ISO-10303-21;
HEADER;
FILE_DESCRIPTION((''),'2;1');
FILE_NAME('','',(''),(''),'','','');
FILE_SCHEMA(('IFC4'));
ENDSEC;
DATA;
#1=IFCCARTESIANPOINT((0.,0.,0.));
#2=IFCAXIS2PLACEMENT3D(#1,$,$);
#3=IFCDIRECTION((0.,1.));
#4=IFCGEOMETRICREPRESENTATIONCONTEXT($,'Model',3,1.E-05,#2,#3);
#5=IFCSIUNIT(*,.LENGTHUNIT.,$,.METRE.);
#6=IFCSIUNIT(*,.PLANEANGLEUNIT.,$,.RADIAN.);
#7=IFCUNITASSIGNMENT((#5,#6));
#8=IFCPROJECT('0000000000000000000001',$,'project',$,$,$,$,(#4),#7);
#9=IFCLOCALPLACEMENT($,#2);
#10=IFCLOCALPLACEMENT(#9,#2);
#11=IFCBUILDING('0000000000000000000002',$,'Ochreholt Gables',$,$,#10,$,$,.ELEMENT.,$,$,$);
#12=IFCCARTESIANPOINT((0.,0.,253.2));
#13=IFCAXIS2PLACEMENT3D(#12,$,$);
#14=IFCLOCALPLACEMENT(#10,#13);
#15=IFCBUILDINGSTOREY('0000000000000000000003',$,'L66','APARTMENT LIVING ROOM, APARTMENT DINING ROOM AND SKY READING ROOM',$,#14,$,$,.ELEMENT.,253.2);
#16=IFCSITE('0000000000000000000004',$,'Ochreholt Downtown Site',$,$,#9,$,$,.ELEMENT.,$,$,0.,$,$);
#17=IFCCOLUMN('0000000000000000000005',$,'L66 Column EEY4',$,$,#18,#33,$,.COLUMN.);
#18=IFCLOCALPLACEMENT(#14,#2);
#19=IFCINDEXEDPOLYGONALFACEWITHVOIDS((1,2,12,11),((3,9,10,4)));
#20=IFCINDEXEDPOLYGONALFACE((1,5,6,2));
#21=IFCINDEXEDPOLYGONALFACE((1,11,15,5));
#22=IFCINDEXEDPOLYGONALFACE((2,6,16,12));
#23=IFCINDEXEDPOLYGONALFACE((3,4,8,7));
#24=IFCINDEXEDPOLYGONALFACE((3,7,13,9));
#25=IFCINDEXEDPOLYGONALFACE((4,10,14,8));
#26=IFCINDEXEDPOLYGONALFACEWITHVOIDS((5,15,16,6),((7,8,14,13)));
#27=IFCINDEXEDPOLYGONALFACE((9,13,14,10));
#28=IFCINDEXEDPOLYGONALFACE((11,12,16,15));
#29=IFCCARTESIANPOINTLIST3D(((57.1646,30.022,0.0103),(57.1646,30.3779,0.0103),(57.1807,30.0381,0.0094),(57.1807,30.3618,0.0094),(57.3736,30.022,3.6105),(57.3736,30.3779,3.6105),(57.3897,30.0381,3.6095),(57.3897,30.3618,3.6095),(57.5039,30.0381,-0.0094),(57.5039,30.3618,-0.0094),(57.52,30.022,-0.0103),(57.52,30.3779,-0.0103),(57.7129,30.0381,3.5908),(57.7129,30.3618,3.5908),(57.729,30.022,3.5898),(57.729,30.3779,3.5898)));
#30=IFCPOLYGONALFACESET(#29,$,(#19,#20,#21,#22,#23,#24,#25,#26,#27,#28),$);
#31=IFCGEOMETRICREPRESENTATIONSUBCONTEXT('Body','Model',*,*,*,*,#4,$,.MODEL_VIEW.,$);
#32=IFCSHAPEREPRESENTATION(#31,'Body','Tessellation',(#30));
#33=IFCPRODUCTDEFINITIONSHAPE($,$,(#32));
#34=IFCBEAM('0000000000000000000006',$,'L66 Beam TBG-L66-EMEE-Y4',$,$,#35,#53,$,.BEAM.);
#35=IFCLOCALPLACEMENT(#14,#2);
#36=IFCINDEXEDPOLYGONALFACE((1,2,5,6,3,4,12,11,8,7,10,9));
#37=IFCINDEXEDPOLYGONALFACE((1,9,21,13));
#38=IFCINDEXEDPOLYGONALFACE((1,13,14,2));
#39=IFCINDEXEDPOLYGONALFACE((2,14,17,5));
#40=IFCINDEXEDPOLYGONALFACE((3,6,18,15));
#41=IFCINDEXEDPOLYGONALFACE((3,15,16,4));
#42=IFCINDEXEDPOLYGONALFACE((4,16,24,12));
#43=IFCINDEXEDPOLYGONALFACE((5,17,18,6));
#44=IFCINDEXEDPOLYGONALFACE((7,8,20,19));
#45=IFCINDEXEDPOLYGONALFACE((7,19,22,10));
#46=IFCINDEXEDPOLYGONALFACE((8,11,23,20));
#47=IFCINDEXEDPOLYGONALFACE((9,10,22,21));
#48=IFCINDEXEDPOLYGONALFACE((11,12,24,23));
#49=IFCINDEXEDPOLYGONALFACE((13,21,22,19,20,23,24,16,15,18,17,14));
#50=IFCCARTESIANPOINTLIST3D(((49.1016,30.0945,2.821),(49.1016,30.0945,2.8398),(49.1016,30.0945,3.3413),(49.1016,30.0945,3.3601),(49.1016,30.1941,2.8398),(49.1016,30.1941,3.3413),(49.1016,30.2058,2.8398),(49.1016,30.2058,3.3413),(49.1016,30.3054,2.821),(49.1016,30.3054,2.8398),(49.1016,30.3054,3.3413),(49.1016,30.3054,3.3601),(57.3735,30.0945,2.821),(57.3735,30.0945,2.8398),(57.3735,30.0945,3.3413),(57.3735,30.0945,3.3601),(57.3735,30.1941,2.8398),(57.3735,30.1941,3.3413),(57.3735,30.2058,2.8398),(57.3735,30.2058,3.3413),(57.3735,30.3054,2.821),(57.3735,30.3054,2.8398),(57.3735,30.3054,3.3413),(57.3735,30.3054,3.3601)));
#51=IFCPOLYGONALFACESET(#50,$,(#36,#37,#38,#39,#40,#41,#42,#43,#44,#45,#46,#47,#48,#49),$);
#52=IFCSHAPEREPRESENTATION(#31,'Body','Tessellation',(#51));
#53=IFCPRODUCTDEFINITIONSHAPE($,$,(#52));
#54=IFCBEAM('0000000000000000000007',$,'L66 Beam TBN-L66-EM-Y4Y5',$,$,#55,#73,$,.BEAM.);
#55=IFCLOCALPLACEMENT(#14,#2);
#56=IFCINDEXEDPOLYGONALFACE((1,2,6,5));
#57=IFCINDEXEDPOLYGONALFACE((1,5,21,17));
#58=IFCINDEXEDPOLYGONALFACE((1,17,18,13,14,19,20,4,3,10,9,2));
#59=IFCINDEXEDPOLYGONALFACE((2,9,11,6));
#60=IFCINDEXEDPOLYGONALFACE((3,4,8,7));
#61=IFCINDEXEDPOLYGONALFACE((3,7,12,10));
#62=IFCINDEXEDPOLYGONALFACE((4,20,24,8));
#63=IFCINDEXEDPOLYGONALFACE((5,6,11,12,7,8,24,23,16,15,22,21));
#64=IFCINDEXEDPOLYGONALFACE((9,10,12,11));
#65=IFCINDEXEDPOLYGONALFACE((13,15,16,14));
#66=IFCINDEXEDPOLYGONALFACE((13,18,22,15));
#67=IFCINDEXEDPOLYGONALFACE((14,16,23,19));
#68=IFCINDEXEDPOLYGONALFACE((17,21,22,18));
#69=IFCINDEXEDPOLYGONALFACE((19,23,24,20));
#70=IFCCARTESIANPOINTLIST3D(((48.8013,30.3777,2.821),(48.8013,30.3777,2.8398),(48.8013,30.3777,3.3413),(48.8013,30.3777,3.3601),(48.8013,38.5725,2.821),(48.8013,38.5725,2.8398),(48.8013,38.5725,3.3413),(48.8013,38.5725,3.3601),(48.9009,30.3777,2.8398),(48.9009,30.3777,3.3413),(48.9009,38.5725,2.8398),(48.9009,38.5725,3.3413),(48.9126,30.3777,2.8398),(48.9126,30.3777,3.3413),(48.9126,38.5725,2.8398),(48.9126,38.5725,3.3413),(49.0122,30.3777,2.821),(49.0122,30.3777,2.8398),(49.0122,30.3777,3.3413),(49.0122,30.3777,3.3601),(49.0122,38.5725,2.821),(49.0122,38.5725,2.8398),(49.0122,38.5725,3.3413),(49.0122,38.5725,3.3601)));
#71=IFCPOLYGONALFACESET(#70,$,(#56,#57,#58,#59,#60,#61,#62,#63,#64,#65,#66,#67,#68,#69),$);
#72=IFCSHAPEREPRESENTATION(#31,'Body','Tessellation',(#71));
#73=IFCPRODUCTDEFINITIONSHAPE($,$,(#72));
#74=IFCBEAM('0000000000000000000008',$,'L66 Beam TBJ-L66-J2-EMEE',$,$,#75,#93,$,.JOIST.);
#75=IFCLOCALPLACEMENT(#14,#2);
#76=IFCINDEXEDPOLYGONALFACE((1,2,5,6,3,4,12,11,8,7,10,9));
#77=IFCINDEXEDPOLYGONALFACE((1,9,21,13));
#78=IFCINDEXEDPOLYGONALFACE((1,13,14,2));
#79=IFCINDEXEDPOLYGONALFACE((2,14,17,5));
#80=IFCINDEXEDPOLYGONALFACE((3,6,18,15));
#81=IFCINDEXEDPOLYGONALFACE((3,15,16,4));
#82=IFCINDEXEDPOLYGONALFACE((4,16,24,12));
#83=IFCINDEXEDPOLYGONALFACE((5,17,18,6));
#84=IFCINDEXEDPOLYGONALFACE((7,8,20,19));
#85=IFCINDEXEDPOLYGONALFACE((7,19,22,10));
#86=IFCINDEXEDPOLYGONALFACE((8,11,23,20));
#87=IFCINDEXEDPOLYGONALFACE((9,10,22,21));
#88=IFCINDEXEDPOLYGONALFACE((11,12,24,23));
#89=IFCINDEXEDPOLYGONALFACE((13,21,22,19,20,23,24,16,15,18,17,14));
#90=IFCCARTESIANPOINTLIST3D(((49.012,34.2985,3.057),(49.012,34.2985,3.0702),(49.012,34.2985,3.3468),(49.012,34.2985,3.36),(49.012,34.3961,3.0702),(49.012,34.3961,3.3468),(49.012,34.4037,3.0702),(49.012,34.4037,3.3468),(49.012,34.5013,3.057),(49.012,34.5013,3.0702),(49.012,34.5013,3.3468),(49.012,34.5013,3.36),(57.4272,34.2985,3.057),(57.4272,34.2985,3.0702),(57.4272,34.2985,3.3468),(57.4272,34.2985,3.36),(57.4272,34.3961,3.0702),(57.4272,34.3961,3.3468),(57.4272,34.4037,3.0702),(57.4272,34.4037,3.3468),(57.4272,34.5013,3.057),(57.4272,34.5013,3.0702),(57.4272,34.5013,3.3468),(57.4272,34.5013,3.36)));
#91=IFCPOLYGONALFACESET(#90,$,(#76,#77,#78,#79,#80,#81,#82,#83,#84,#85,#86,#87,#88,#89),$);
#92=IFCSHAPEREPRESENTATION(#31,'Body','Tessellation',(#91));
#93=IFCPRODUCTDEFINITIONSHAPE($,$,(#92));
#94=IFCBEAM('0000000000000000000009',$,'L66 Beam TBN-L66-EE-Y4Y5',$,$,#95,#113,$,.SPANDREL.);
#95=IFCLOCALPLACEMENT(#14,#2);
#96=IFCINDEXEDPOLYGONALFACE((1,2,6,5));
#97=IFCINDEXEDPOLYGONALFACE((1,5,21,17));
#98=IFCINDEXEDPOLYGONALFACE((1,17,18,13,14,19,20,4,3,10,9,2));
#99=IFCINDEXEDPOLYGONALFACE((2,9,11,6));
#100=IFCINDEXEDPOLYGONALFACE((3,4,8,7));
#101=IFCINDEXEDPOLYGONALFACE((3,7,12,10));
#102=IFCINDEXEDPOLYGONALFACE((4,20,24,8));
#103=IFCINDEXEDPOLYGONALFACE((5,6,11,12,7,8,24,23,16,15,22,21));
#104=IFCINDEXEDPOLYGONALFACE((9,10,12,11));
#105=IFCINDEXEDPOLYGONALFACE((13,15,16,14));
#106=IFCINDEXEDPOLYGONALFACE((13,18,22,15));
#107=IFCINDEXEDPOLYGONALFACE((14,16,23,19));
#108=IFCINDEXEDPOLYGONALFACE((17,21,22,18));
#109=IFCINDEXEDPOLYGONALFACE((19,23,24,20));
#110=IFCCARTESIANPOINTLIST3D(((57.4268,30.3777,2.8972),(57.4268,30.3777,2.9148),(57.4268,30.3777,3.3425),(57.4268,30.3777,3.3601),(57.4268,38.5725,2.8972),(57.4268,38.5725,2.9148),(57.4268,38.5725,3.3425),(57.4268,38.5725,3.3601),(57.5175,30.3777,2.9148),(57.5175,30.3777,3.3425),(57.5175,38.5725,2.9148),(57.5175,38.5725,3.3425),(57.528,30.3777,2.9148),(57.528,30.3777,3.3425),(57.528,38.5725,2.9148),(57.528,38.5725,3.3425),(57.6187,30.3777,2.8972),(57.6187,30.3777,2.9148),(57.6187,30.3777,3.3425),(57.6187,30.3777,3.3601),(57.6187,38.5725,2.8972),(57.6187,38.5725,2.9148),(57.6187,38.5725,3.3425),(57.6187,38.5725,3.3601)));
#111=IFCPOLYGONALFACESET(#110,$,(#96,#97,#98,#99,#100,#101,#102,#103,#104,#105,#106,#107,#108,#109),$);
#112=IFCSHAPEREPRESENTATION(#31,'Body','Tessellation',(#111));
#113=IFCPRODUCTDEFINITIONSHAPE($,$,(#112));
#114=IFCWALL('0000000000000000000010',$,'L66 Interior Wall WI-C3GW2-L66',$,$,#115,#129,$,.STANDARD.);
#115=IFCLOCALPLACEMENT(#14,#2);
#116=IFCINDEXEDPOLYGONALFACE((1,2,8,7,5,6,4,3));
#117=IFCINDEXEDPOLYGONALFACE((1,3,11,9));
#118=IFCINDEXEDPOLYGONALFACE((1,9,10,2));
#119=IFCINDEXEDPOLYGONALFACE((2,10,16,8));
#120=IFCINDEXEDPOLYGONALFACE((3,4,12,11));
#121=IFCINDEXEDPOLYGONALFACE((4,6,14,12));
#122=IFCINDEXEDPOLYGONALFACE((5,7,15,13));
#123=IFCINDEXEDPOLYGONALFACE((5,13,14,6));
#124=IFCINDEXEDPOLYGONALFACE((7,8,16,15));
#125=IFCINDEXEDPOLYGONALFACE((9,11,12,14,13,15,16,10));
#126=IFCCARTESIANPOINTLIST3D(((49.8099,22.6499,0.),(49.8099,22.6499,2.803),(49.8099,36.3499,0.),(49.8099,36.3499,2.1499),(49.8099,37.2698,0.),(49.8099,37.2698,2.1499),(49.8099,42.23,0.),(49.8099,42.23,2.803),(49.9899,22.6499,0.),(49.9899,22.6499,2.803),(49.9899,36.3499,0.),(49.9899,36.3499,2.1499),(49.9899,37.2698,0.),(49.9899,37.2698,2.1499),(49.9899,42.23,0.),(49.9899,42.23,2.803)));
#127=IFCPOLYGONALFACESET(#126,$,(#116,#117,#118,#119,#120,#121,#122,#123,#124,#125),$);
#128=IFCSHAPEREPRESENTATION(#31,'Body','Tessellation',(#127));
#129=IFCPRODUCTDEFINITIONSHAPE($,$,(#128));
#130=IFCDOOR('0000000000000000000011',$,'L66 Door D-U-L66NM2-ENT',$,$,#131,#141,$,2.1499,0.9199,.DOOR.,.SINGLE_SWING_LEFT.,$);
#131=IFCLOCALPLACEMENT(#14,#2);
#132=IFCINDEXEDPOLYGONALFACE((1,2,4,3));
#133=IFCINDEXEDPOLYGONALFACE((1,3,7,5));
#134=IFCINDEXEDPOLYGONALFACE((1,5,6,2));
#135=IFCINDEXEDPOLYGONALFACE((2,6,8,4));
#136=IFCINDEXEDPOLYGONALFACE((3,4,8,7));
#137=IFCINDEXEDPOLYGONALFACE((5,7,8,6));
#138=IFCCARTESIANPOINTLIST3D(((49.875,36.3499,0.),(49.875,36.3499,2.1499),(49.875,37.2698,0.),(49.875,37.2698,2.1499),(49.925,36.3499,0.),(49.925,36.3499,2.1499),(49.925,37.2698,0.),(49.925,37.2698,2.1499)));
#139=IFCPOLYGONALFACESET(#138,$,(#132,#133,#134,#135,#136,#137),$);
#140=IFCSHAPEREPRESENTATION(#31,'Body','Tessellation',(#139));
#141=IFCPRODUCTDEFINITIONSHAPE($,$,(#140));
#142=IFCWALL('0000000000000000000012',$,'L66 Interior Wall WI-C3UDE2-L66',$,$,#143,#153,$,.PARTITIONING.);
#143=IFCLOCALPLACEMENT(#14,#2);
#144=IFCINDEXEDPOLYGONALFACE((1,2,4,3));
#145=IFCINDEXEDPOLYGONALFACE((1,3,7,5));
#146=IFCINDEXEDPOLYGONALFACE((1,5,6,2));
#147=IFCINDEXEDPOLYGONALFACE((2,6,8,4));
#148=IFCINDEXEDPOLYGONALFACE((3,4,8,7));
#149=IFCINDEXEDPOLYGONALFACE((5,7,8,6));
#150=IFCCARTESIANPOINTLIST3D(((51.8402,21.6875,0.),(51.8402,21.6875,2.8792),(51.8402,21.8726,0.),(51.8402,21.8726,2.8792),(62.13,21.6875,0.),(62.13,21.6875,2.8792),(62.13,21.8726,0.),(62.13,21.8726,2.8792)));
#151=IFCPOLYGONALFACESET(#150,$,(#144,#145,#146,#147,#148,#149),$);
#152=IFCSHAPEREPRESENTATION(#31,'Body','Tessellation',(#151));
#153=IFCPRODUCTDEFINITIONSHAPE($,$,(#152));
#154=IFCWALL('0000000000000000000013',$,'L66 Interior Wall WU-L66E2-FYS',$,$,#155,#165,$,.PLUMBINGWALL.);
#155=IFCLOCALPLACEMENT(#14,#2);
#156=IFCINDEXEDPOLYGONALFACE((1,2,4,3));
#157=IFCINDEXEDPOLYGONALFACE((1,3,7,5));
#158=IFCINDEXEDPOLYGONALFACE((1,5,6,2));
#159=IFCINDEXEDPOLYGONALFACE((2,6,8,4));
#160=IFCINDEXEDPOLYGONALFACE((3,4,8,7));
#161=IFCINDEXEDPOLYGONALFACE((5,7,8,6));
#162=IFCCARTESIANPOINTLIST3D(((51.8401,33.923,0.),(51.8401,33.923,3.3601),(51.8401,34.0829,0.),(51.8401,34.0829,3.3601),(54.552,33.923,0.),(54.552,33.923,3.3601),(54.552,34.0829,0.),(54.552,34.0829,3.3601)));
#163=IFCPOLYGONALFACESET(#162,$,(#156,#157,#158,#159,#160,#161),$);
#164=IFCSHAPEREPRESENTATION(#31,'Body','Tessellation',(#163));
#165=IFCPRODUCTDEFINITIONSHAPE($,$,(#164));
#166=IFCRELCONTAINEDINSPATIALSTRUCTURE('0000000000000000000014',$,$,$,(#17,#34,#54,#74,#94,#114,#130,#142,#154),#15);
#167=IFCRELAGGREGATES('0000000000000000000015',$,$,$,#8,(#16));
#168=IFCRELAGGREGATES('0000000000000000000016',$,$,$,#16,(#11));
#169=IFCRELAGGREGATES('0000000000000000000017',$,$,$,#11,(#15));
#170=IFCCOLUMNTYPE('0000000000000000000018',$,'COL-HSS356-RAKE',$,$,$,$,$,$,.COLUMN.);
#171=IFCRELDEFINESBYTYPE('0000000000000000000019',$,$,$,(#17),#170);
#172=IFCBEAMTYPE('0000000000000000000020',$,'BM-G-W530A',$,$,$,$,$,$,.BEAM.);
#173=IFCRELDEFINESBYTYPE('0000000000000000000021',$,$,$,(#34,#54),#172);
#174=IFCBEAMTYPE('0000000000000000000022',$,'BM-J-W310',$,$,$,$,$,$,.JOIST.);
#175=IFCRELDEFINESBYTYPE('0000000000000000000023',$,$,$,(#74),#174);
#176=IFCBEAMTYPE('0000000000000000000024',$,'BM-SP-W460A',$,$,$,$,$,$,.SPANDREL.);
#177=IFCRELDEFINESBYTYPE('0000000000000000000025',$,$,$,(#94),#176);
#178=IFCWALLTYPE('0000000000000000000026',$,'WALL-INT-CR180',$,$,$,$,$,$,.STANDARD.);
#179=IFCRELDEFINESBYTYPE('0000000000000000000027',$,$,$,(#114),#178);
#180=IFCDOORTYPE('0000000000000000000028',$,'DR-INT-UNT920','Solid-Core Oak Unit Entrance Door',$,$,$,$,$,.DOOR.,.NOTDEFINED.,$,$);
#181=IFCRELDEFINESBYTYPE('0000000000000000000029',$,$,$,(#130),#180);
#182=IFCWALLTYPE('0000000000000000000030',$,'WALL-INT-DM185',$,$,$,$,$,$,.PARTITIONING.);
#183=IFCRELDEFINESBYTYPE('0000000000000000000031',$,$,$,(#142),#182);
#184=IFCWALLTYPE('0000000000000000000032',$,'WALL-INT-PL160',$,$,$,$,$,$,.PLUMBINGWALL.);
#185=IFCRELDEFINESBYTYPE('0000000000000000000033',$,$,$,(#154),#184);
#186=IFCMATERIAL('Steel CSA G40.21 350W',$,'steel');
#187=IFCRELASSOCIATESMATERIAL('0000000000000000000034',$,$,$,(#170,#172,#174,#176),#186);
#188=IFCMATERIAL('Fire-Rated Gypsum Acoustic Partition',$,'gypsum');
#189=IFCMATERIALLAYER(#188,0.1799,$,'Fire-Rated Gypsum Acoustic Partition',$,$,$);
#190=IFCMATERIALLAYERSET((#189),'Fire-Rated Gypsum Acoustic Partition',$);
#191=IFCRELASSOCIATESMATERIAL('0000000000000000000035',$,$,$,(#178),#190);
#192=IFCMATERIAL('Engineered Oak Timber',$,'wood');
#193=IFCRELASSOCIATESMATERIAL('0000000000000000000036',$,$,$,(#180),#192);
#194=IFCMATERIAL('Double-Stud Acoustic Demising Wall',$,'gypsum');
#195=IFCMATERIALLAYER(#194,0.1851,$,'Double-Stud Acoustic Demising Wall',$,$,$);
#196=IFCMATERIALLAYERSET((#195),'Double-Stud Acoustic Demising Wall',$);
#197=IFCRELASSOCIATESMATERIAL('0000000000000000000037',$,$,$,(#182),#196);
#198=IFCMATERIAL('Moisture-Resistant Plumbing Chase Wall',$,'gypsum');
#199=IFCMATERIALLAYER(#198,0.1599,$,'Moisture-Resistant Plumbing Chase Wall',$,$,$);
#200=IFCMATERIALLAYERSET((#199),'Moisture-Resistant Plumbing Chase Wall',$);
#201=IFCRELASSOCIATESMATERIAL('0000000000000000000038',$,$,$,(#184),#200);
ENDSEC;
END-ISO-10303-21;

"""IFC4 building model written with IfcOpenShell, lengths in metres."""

from ifc_helpers import new_model, si_unit, direction, frame, frame_2d, origin, origin_2d, place, context, subcontext, project, spatial, rectangle, hollow_rectangle, i_section, extrude, material, layer, layer_set, material_profile, profile_set, type_object, element, fill, save


model = new_model("IFC4")

# Units and contexts
model_context = context("Model", 3, precision=1e-05, world=origin(), true_north=direction((0.0, 1.0)))
body_context = subcontext(model_context, "Body", "Model", "MODEL_VIEW")
ifc_project = project(units=[si_unit("LENGTHUNIT", "METRE"), si_unit("PLANEANGLEUNIT", "RADIAN")], contexts=[model_context])

# Site, building, storey
site_placement = place(None, origin())
site = spatial("IfcSite", under=ifc_project, at=site_placement, Name="Ochreholt Downtown Site", CompositionType="ELEMENT", RefElevation=0.0)
building_placement = place(site_placement, origin())
building = spatial("IfcBuilding", under=site, at=building_placement, Name="Ochreholt Gables", CompositionType="ELEMENT")
storey_placement = place(building_placement, frame((0.0, 0.0, 253.2)))
storey = spatial("IfcBuildingStorey", under=building, at=storey_placement, Name="L66", Description="APARTMENT LIVING ROOM, APARTMENT DINING ROOM AND SKY READING ROOM", CompositionType="ELEMENT", Elevation=253.2)

# Column
ifc_material_1 = material(Name="Steel CSA G40.21 350W", Category="steel")
ifc_material_profile_1 = material_profile(ifc_material_1, hollow_rectangle(XDim=0.356, YDim=0.356, WallThickness=0.0161, at=origin_2d()), Name="HSS356X356X16")
ifc_profile_set_1 = profile_set([ifc_material_profile_1], Name="Steel CSA G40.21 350W")
column_type = type_object("IfcColumnType", Name="COL-HSS356-RAKE", PredefinedType="COLUMN", material=ifc_profile_set_1)
column_placement = place(storey_placement, frame((57.3423, 30.2, 0.0), z_axis=(0.057952, 0.0, 0.998319), x_axis=(0.0, 1.0, 0.0)))
element("IfcColumn", 1, at=column_placement, inside=storey, type_object=column_type, Name="L66 Column EEY4", PredefinedType="COLUMN", context=body_context, shape_type="SweptSolid", body=[
    extrude(hollow_rectangle(XDim=0.356, YDim=0.356, WallThickness=0.0161, at=origin_2d()), origin(), (0.0, 0.0, 1.0), 3.6062),
])

# Beams
ifc_material_profile_2 = material_profile(ifc_material_1, i_section(OverallWidth=0.2109, OverallDepth=0.5391, WebThickness=0.0117, FlangeThickness=0.0188, at=origin_2d()), Name="W530X109")
ifc_profile_set_2 = profile_set([ifc_material_profile_2], Name="Steel CSA G40.21 350W")
beam_type_1 = type_object("IfcBeamType", Name="BM-G-W530A", PredefinedType="BEAM", material=ifc_profile_set_2)
beam_1_placement = place(storey_placement, frame((49.1016, 30.2, 3.0906), z_axis=(1.0, 0.0, 0.0), x_axis=(0.0, 1.0, 0.0)))
element("IfcBeam", 2, at=beam_1_placement, inside=storey, type_object=beam_type_1, Name="L66 Beam TBG-L66-EMEE-Y4", PredefinedType="BEAM", context=body_context, shape_type="SweptSolid", body=[
    extrude(i_section(OverallWidth=0.2109, OverallDepth=0.5391, WebThickness=0.0117, FlangeThickness=0.0188, at=origin_2d()), origin(), (0.0, 0.0, 1.0), 8.272),
])
beam_2_placement = place(storey_placement, frame((48.9067, 30.3777, 3.0906), z_axis=(0.0, 1.0, 0.0), x_axis=(-1.0, 0.0, 0.0)))
element("IfcBeam", 3, at=beam_2_placement, inside=storey, type_object=beam_type_1, Name="L66 Beam TBN-L66-EM-Y4Y5", PredefinedType="BEAM", context=body_context, shape_type="SweptSolid", body=[
    extrude(i_section(OverallWidth=0.2109, OverallDepth=0.5391, WebThickness=0.0117, FlangeThickness=0.0188, at=origin_2d()), origin(), (0.0, 0.0, 1.0), 8.1948),
])
ifc_material_profile_3 = material_profile(ifc_material_1, i_section(OverallWidth=0.2029, OverallDepth=0.303, WebThickness=0.0076, FlangeThickness=0.0132, at=origin_2d()), Name="W310X60")
ifc_profile_set_3 = profile_set([ifc_material_profile_3], Name="Steel CSA G40.21 350W")
beam_type_2 = type_object("IfcBeamType", Name="BM-J-W310", PredefinedType="JOIST", material=ifc_profile_set_3)
beam_3_placement = place(storey_placement, frame((49.012, 34.3999, 3.2085), z_axis=(1.0, 0.0, 0.0), x_axis=(0.0, 1.0, 0.0)))
element("IfcBeam", 4, at=beam_3_placement, inside=storey, type_object=beam_type_2, Name="L66 Beam TBJ-L66-J2-EMEE", PredefinedType="JOIST", context=body_context, shape_type="SweptSolid", body=[
    extrude(i_section(OverallWidth=0.2029, OverallDepth=0.303, WebThickness=0.0076, FlangeThickness=0.0132, at=origin_2d()), origin(), (0.0, 0.0, 1.0), 8.4153),
])
ifc_material_profile_4 = material_profile(ifc_material_1, i_section(OverallWidth=0.1919, OverallDepth=0.4629, WebThickness=0.0105, FlangeThickness=0.0176, at=origin_2d()), Name="W460X89")
ifc_profile_set_4 = profile_set([ifc_material_profile_4], Name="Steel CSA G40.21 350W")
beam_type_3 = type_object("IfcBeamType", Name="BM-SP-W460A", PredefinedType="SPANDREL", material=ifc_profile_set_4)
beam_4_placement = place(storey_placement, frame((57.5227, 30.3777, 3.1287), z_axis=(0.0, 1.0, 0.0), x_axis=(-1.0, 0.0, 0.0)))
element("IfcBeam", 5, at=beam_4_placement, inside=storey, type_object=beam_type_3, Name="L66 Beam TBN-L66-EE-Y4Y5", PredefinedType="SPANDREL", context=body_context, shape_type="SweptSolid", body=[
    extrude(i_section(OverallWidth=0.1919, OverallDepth=0.4629, WebThickness=0.0105, FlangeThickness=0.0176, at=origin_2d()), origin(), (0.0, 0.0, 1.0), 8.1948),
])

# Wall, opening, door
ifc_material_2 = material(Name="Fire-Rated Gypsum Acoustic Partition", Category="gypsum")
ifc_layer_1 = layer(ifc_material_2, 0.1799, Name="Fire-Rated Gypsum Acoustic Partition")
ifc_layer_set_1 = layer_set([ifc_layer_1], Name="Fire-Rated Gypsum Acoustic Partition")
wall_type_1 = type_object("IfcWallType", Name="WALL-INT-CR180", PredefinedType="STANDARD", material=ifc_layer_set_1)
wall_1_placement = place(storey_placement, frame((49.8999, 22.6499, 0.0), z_axis=(0.0, 0.0, 1.0), x_axis=(0.0, 1.0, 0.0)))
wall_1 = element("IfcWall", 6, at=wall_1_placement, inside=storey, type_object=wall_type_1, Name="L66 Interior Wall WI-C3GW2-L66", PredefinedType="STANDARD", context=body_context, shape_type="SweptSolid", body=[
    extrude(rectangle(XDim=19.5801, YDim=0.1799, at=frame_2d((9.79, 0.0))), origin(), (0.0, 0.0, 1.0), 2.803),
])
opening_1_placement = place(wall_1_placement, frame((13.7, 0.0, 0.0)))
opening_1 = element("IfcOpeningElement", 7, at=opening_1_placement, cuts=wall_1, PredefinedType="OPENING", context=body_context, shape_type="SweptSolid", body=[
    extrude(rectangle(XDim=0.9199, YDim=2.1499, at=frame_2d((0.46, 1.075))), frame((0.0, 0.0999, 0.0), z_axis=(0.0, -1.0, 0.0), x_axis=(1.0, 0.0, 0.0)), (0.0, 0.0, 1.0), 0.2),
])
ifc_material_3 = material(Name="Engineered Oak Timber", Category="wood")
door_type_1 = type_object("IfcDoorType", Name="DR-INT-UNT920", Description="Solid-Core Oak Unit Entrance Door", OperationType="NOTDEFINED", PredefinedType="DOOR", material=ifc_material_3)
door_1_placement = place(opening_1_placement, origin())
door_1 = element("IfcDoor", 8, at=door_1_placement, inside=storey, type_object=door_type_1, Name="L66 Door D-U-L66NM2-ENT", OperationType="SINGLE_SWING_LEFT", OverallHeight=2.1499, OverallWidth=0.9199, PredefinedType="DOOR", context=body_context, shape_type="SweptSolid", body=[
    extrude(rectangle(XDim=0.9199, YDim=2.1499, at=frame_2d((0.46, 1.075))), frame((0.0, 0.0249, 0.0), z_axis=(0.0, -1.0, 0.0), x_axis=(1.0, 0.0, 0.0)), (0.0, 0.0, 1.0), 0.05),
])
fill(opening_1, door_1)

# Walls
ifc_material_4 = material(Name="Double-Stud Acoustic Demising Wall", Category="gypsum")
ifc_layer_2 = layer(ifc_material_4, 0.1851, Name="Double-Stud Acoustic Demising Wall")
ifc_layer_set_2 = layer_set([ifc_layer_2], Name="Double-Stud Acoustic Demising Wall")
wall_type_2 = type_object("IfcWallType", Name="WALL-INT-DM185", PredefinedType="PARTITIONING", material=ifc_layer_set_2)
wall_2_placement = place(storey_placement, frame((51.8401, 21.78, 0.0), z_axis=(0.0, 0.0, 1.0), x_axis=(1.0, 0.0, 0.0)))
element("IfcWall", 9, at=wall_2_placement, inside=storey, type_object=wall_type_2, Name="L66 Interior Wall WI-C3UDE2-L66", PredefinedType="PARTITIONING", context=body_context, shape_type="SweptSolid", body=[
    extrude(rectangle(XDim=10.2898, YDim=0.1851, at=frame_2d((5.145, 0.0))), origin(), (0.0, 0.0, 1.0), 2.8792),
])
ifc_material_5 = material(Name="Moisture-Resistant Plumbing Chase Wall", Category="gypsum")
ifc_layer_3 = layer(ifc_material_5, 0.1599, Name="Moisture-Resistant Plumbing Chase Wall")
ifc_layer_set_3 = layer_set([ifc_layer_3], Name="Moisture-Resistant Plumbing Chase Wall")
wall_type_3 = type_object("IfcWallType", Name="WALL-INT-PL160", PredefinedType="PLUMBINGWALL", material=ifc_layer_set_3)
wall_3_placement = place(storey_placement, frame((51.8401, 34.0029, 0.0), z_axis=(0.0, 0.0, 1.0), x_axis=(1.0, 0.0, 0.0)))
element("IfcWall", 10, at=wall_3_placement, inside=storey, type_object=wall_type_3, Name="L66 Interior Wall WU-L66E2-FYS", PredefinedType="PLUMBINGWALL", context=body_context, shape_type="SweptSolid", body=[
    extrude(rectangle(XDim=2.7119, YDim=0.1599, at=frame_2d((1.356, 0.0))), origin(), (0.0, 0.0, 1.0), 3.3601),
])

save(model, "model.ifc")
